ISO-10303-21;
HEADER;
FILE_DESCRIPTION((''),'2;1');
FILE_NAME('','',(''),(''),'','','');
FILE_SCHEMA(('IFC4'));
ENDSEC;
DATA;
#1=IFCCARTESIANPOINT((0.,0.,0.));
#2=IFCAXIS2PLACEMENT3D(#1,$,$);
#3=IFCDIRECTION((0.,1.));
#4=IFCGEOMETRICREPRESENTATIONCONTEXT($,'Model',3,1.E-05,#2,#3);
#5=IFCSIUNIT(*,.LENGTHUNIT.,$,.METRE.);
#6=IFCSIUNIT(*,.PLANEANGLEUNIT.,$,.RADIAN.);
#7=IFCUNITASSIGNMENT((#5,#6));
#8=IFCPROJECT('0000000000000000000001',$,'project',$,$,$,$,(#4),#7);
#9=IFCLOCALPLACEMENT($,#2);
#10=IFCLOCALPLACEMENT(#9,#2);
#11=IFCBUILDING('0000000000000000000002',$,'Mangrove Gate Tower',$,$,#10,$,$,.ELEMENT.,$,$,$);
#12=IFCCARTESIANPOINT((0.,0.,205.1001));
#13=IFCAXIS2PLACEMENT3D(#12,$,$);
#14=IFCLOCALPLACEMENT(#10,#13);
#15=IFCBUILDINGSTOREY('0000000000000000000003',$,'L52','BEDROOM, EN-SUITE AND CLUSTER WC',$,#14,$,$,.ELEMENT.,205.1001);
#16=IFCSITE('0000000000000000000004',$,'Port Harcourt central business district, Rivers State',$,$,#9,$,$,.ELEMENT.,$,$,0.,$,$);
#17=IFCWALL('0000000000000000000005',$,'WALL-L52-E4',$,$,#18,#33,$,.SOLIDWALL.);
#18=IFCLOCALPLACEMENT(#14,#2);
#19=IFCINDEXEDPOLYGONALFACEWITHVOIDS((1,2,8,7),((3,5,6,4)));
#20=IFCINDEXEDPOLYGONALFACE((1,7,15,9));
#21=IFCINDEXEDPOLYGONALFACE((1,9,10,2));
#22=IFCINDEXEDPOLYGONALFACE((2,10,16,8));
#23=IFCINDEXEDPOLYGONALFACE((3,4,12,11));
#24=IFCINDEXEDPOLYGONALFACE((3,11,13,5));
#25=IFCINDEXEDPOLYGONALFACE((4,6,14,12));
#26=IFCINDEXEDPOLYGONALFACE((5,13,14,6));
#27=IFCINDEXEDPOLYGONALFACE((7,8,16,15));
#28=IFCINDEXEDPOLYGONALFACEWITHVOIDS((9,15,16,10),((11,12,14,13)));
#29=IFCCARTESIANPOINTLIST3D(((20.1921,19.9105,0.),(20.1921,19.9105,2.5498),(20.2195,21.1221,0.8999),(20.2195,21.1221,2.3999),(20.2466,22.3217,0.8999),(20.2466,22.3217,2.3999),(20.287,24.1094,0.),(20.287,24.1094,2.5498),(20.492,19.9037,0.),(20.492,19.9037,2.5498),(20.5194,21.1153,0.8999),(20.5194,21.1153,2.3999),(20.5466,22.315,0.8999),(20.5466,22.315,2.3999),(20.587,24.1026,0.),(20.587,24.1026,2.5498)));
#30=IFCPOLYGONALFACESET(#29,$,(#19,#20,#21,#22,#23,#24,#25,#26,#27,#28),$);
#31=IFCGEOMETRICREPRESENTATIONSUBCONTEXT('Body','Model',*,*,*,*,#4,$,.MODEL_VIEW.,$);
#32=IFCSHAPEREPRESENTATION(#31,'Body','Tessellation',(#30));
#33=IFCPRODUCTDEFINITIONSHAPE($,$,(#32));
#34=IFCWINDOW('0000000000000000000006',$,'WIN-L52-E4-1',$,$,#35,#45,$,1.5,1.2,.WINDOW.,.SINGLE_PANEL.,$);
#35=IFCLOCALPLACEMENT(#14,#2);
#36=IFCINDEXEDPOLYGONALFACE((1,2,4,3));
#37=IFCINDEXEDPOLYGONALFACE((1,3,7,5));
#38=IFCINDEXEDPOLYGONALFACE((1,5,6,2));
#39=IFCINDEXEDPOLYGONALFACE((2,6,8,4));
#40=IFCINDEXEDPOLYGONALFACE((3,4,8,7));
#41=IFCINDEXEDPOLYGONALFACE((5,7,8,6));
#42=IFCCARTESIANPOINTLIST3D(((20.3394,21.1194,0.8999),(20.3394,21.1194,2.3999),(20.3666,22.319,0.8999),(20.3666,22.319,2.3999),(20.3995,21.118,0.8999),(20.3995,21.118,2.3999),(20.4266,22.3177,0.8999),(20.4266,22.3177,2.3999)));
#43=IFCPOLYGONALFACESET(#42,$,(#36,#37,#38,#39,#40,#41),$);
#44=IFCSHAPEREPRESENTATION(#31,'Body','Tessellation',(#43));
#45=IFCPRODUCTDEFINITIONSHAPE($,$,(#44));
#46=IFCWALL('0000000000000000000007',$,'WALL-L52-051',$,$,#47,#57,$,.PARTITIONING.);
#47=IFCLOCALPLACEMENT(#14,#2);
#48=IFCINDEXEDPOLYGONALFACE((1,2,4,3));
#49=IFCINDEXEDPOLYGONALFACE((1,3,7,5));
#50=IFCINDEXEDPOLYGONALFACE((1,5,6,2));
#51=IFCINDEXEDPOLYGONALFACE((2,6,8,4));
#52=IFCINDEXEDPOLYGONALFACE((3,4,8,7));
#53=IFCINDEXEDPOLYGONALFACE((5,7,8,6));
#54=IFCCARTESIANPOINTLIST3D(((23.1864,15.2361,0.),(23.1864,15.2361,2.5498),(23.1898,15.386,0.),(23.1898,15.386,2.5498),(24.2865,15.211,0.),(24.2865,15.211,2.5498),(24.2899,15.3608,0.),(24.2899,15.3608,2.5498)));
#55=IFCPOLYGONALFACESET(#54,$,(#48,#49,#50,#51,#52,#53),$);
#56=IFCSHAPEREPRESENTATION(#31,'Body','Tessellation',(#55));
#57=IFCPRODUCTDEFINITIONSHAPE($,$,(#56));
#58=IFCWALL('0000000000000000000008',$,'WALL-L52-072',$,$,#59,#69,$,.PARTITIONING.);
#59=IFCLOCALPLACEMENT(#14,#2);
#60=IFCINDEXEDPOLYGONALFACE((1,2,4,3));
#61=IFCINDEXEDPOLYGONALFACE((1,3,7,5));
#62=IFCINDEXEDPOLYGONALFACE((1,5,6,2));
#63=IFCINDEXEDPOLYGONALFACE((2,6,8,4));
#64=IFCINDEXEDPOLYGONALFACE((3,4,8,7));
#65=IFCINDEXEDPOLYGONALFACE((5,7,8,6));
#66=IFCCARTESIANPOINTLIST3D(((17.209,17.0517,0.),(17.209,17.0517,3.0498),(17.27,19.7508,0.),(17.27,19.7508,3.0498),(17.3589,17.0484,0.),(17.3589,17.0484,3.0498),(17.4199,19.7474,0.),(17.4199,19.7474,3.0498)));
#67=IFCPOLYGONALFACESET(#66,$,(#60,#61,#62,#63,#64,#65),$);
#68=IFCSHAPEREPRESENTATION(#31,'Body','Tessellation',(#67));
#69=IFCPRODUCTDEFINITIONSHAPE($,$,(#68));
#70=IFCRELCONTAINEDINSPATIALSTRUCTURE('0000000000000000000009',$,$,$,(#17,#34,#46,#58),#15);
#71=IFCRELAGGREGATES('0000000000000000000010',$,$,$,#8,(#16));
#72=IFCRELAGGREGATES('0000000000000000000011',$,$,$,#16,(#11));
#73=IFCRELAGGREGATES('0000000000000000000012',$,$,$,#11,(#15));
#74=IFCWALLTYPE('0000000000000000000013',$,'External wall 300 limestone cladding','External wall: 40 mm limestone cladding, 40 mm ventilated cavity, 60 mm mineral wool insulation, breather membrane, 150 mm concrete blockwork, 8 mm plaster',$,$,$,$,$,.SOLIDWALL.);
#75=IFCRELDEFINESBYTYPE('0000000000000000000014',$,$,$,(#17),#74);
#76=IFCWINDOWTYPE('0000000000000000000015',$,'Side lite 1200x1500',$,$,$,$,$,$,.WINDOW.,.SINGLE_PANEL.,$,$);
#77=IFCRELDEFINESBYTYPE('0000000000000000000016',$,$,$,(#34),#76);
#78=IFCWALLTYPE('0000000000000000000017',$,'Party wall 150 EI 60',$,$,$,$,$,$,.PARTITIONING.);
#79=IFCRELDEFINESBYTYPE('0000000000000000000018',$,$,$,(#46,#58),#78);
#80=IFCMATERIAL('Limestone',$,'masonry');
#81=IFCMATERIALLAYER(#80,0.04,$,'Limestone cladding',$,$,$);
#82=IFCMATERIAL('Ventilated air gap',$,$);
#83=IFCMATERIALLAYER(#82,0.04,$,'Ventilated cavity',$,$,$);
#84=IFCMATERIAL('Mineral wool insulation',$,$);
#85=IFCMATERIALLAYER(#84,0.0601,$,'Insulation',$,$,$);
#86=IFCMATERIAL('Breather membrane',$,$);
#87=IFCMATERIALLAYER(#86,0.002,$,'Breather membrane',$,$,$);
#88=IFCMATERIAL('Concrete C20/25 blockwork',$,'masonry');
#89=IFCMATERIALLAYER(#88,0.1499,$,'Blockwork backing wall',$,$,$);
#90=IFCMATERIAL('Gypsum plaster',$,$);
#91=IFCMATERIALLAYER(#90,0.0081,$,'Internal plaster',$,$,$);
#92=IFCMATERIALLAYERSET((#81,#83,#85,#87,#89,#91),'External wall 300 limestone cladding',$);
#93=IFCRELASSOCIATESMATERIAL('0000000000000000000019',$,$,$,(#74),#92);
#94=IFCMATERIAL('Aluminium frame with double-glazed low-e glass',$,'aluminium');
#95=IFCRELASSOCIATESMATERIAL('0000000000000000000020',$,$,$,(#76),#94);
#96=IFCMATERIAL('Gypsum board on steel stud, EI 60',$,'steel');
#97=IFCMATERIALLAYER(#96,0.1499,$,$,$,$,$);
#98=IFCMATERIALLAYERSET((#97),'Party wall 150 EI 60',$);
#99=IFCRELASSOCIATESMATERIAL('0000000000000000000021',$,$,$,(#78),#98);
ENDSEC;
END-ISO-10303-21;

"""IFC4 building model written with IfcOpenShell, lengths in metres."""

from ifc_helpers import new_model, si_unit, direction, frame, frame_2d, origin, place, context, subcontext, project, spatial, rectangle, extrude, material, layer, layer_set, type_object, element, fill, save


model = new_model("IFC4")

# Units and contexts
model_context = context("Model", 3, precision=1e-05, world=origin(), true_north=direction((0.0, 1.0)))
body_context = subcontext(model_context, "Body", "Model", "MODEL_VIEW")
ifc_project = project(units=[si_unit("LENGTHUNIT", "METRE"), si_unit("PLANEANGLEUNIT", "RADIAN")], contexts=[model_context])

# Site, building, storey
site_placement = place(None, origin())
site = spatial("IfcSite", under=ifc_project, at=site_placement, Name="Port Harcourt central business district, Rivers State", CompositionType="ELEMENT", RefElevation=0.0)
building_placement = place(site_placement, origin())
building = spatial("IfcBuilding", under=site, at=building_placement, Name="Mangrove Gate Tower", CompositionType="ELEMENT")
storey_placement = place(building_placement, frame((0.0, 0.0, 205.1001)))
storey = spatial("IfcBuildingStorey", under=building, at=storey_placement, Name="L52", Description="BEDROOM, EN-SUITE AND CLUSTER WC", CompositionType="ELEMENT", Elevation=205.1001)

# Wall, opening, window
ifc_material_1 = material(Name="Limestone", Category="masonry")
ifc_layer_1 = layer(ifc_material_1, 0.04, Name="Limestone cladding")
ifc_material_2 = material(Name="Ventilated air gap")
ifc_layer_2 = layer(ifc_material_2, 0.04, Name="Ventilated cavity")
ifc_material_3 = material(Name="Mineral wool insulation")
ifc_layer_3 = layer(ifc_material_3, 0.0601, Name="Insulation")
ifc_material_4 = material(Name="Breather membrane")
ifc_layer_4 = layer(ifc_material_4, 0.002, Name="Breather membrane")
ifc_material_5 = material(Name="Concrete C20/25 blockwork", Category="masonry")
ifc_layer_5 = layer(ifc_material_5, 0.1499, Name="Blockwork backing wall")
ifc_material_6 = material(Name="Gypsum plaster")
ifc_layer_6 = layer(ifc_material_6, 0.0081, Name="Internal plaster")
ifc_layer_set_1 = layer_set([ifc_layer_1, ifc_layer_2, ifc_layer_3, ifc_layer_4, ifc_layer_5, ifc_layer_6], Name="External wall 300 limestone cladding")
wall_type_1 = type_object("IfcWallType", Name="External wall 300 limestone cladding", Description="External wall: 40 mm limestone cladding, 40 mm ventilated cavity, 60 mm mineral wool insulation, breather membrane, 150 mm concrete blockwork, 8 mm plaster", PredefinedType="SOLIDWALL", material=ifc_layer_set_1)
ifc_material_7 = material(Name="Aluminium frame with double-glazed low-e glass", Category="aluminium")
window_type_1 = type_object("IfcWindowType", Name="Side lite 1200x1500", PartitioningType="SINGLE_PANEL", PredefinedType="WINDOW", material=ifc_material_7)
wall_1_placement = place(storey_placement, frame((20.342, 19.907, 0.0), z_axis=(0.0, 0.0, 1.0), x_axis=(0.022612, 0.999744, 0.0)))
wall_1 = element("IfcWall", 1, at=wall_1_placement, inside=storey, type_object=wall_type_1, Name="WALL-L52-E4", PredefinedType="SOLIDWALL", context=body_context, shape_type="SweptSolid", body=[
    extrude(rectangle(XDim=4.2, YDim=0.3, at=frame_2d((2.1001, 0.0))), origin(), (0.0, 0.0, 1.0), 2.5498),
])
opening_1_placement = place(wall_1_placement, frame((1.2119, 0.0, 0.8999)))
opening_1 = element("IfcOpeningElement", 2, at=opening_1_placement, cuts=wall_1, PredefinedType="OPENING", context=body_context, shape_type="SweptSolid", body=[
    extrude(rectangle(XDim=1.2, YDim=1.5, at=frame_2d((0.6001, 0.75))), frame((0.0, 0.1599, 0.0), z_axis=(0.0, -1.0, 0.0), x_axis=(1.0, 0.0, 0.0)), (0.0, 0.0, 1.0), 0.3201),
])
window_1_placement = place(opening_1_placement, origin())
window_1 = element("IfcWindow", 3, at=window_1_placement, inside=storey, type_object=window_type_1, Name="WIN-L52-E4-1", OverallHeight=1.5, OverallWidth=1.2, PartitioningType="SINGLE_PANEL", PredefinedType="WINDOW", context=body_context, shape_type="SweptSolid", body=[
    extrude(rectangle(XDim=1.2, YDim=1.5, at=frame_2d((0.6001, 0.75))), frame((0.0, 0.03, 0.0), z_axis=(0.0, -1.0, 0.0), x_axis=(1.0, 0.0, 0.0)), (0.0, 0.0, 1.0), 0.0601),
])
fill(opening_1, window_1)

# Walls
ifc_material_8 = material(Name="Gypsum board on steel stud, EI 60", Category="steel")
ifc_layer_7 = layer(ifc_material_8, 0.1499)
ifc_layer_set_2 = layer_set([ifc_layer_7], Name="Party wall 150 EI 60")
wall_type_2 = type_object("IfcWallType", Name="Party wall 150 EI 60", PredefinedType="PARTITIONING", material=ifc_layer_set_2)
wall_2_placement = place(storey_placement, frame((23.188, 15.311, 0.0), z_axis=(0.0, 0.0, 1.0), x_axis=(0.999739, -0.022852, 0.0)))
element("IfcWall", 4, at=wall_2_placement, inside=storey, type_object=wall_type_2, Name="WALL-L52-051", PredefinedType="PARTITIONING", context=body_context, shape_type="SweptSolid", body=[
    extrude(rectangle(XDim=1.1003, YDim=0.1499, at=frame_2d((0.5503, 0.0))), origin(), (0.0, 0.0, 1.0), 2.5498),
])
wall_3_placement = place(storey_placement, frame((17.2839, 17.05, 0.0), z_axis=(0.0, 0.0, 1.0), x_axis=(0.022608, 0.999744, 0.0)))
element("IfcWall", 5, at=wall_3_placement, inside=storey, type_object=wall_type_2, Name="WALL-L52-072", PredefinedType="PARTITIONING", context=body_context, shape_type="SweptSolid", body=[
    extrude(rectangle(XDim=2.6997, YDim=0.1499, at=frame_2d((1.3499, 0.0))), origin(), (0.0, 0.0, 1.0), 3.0498),
])

save(model, "model.ifc")
